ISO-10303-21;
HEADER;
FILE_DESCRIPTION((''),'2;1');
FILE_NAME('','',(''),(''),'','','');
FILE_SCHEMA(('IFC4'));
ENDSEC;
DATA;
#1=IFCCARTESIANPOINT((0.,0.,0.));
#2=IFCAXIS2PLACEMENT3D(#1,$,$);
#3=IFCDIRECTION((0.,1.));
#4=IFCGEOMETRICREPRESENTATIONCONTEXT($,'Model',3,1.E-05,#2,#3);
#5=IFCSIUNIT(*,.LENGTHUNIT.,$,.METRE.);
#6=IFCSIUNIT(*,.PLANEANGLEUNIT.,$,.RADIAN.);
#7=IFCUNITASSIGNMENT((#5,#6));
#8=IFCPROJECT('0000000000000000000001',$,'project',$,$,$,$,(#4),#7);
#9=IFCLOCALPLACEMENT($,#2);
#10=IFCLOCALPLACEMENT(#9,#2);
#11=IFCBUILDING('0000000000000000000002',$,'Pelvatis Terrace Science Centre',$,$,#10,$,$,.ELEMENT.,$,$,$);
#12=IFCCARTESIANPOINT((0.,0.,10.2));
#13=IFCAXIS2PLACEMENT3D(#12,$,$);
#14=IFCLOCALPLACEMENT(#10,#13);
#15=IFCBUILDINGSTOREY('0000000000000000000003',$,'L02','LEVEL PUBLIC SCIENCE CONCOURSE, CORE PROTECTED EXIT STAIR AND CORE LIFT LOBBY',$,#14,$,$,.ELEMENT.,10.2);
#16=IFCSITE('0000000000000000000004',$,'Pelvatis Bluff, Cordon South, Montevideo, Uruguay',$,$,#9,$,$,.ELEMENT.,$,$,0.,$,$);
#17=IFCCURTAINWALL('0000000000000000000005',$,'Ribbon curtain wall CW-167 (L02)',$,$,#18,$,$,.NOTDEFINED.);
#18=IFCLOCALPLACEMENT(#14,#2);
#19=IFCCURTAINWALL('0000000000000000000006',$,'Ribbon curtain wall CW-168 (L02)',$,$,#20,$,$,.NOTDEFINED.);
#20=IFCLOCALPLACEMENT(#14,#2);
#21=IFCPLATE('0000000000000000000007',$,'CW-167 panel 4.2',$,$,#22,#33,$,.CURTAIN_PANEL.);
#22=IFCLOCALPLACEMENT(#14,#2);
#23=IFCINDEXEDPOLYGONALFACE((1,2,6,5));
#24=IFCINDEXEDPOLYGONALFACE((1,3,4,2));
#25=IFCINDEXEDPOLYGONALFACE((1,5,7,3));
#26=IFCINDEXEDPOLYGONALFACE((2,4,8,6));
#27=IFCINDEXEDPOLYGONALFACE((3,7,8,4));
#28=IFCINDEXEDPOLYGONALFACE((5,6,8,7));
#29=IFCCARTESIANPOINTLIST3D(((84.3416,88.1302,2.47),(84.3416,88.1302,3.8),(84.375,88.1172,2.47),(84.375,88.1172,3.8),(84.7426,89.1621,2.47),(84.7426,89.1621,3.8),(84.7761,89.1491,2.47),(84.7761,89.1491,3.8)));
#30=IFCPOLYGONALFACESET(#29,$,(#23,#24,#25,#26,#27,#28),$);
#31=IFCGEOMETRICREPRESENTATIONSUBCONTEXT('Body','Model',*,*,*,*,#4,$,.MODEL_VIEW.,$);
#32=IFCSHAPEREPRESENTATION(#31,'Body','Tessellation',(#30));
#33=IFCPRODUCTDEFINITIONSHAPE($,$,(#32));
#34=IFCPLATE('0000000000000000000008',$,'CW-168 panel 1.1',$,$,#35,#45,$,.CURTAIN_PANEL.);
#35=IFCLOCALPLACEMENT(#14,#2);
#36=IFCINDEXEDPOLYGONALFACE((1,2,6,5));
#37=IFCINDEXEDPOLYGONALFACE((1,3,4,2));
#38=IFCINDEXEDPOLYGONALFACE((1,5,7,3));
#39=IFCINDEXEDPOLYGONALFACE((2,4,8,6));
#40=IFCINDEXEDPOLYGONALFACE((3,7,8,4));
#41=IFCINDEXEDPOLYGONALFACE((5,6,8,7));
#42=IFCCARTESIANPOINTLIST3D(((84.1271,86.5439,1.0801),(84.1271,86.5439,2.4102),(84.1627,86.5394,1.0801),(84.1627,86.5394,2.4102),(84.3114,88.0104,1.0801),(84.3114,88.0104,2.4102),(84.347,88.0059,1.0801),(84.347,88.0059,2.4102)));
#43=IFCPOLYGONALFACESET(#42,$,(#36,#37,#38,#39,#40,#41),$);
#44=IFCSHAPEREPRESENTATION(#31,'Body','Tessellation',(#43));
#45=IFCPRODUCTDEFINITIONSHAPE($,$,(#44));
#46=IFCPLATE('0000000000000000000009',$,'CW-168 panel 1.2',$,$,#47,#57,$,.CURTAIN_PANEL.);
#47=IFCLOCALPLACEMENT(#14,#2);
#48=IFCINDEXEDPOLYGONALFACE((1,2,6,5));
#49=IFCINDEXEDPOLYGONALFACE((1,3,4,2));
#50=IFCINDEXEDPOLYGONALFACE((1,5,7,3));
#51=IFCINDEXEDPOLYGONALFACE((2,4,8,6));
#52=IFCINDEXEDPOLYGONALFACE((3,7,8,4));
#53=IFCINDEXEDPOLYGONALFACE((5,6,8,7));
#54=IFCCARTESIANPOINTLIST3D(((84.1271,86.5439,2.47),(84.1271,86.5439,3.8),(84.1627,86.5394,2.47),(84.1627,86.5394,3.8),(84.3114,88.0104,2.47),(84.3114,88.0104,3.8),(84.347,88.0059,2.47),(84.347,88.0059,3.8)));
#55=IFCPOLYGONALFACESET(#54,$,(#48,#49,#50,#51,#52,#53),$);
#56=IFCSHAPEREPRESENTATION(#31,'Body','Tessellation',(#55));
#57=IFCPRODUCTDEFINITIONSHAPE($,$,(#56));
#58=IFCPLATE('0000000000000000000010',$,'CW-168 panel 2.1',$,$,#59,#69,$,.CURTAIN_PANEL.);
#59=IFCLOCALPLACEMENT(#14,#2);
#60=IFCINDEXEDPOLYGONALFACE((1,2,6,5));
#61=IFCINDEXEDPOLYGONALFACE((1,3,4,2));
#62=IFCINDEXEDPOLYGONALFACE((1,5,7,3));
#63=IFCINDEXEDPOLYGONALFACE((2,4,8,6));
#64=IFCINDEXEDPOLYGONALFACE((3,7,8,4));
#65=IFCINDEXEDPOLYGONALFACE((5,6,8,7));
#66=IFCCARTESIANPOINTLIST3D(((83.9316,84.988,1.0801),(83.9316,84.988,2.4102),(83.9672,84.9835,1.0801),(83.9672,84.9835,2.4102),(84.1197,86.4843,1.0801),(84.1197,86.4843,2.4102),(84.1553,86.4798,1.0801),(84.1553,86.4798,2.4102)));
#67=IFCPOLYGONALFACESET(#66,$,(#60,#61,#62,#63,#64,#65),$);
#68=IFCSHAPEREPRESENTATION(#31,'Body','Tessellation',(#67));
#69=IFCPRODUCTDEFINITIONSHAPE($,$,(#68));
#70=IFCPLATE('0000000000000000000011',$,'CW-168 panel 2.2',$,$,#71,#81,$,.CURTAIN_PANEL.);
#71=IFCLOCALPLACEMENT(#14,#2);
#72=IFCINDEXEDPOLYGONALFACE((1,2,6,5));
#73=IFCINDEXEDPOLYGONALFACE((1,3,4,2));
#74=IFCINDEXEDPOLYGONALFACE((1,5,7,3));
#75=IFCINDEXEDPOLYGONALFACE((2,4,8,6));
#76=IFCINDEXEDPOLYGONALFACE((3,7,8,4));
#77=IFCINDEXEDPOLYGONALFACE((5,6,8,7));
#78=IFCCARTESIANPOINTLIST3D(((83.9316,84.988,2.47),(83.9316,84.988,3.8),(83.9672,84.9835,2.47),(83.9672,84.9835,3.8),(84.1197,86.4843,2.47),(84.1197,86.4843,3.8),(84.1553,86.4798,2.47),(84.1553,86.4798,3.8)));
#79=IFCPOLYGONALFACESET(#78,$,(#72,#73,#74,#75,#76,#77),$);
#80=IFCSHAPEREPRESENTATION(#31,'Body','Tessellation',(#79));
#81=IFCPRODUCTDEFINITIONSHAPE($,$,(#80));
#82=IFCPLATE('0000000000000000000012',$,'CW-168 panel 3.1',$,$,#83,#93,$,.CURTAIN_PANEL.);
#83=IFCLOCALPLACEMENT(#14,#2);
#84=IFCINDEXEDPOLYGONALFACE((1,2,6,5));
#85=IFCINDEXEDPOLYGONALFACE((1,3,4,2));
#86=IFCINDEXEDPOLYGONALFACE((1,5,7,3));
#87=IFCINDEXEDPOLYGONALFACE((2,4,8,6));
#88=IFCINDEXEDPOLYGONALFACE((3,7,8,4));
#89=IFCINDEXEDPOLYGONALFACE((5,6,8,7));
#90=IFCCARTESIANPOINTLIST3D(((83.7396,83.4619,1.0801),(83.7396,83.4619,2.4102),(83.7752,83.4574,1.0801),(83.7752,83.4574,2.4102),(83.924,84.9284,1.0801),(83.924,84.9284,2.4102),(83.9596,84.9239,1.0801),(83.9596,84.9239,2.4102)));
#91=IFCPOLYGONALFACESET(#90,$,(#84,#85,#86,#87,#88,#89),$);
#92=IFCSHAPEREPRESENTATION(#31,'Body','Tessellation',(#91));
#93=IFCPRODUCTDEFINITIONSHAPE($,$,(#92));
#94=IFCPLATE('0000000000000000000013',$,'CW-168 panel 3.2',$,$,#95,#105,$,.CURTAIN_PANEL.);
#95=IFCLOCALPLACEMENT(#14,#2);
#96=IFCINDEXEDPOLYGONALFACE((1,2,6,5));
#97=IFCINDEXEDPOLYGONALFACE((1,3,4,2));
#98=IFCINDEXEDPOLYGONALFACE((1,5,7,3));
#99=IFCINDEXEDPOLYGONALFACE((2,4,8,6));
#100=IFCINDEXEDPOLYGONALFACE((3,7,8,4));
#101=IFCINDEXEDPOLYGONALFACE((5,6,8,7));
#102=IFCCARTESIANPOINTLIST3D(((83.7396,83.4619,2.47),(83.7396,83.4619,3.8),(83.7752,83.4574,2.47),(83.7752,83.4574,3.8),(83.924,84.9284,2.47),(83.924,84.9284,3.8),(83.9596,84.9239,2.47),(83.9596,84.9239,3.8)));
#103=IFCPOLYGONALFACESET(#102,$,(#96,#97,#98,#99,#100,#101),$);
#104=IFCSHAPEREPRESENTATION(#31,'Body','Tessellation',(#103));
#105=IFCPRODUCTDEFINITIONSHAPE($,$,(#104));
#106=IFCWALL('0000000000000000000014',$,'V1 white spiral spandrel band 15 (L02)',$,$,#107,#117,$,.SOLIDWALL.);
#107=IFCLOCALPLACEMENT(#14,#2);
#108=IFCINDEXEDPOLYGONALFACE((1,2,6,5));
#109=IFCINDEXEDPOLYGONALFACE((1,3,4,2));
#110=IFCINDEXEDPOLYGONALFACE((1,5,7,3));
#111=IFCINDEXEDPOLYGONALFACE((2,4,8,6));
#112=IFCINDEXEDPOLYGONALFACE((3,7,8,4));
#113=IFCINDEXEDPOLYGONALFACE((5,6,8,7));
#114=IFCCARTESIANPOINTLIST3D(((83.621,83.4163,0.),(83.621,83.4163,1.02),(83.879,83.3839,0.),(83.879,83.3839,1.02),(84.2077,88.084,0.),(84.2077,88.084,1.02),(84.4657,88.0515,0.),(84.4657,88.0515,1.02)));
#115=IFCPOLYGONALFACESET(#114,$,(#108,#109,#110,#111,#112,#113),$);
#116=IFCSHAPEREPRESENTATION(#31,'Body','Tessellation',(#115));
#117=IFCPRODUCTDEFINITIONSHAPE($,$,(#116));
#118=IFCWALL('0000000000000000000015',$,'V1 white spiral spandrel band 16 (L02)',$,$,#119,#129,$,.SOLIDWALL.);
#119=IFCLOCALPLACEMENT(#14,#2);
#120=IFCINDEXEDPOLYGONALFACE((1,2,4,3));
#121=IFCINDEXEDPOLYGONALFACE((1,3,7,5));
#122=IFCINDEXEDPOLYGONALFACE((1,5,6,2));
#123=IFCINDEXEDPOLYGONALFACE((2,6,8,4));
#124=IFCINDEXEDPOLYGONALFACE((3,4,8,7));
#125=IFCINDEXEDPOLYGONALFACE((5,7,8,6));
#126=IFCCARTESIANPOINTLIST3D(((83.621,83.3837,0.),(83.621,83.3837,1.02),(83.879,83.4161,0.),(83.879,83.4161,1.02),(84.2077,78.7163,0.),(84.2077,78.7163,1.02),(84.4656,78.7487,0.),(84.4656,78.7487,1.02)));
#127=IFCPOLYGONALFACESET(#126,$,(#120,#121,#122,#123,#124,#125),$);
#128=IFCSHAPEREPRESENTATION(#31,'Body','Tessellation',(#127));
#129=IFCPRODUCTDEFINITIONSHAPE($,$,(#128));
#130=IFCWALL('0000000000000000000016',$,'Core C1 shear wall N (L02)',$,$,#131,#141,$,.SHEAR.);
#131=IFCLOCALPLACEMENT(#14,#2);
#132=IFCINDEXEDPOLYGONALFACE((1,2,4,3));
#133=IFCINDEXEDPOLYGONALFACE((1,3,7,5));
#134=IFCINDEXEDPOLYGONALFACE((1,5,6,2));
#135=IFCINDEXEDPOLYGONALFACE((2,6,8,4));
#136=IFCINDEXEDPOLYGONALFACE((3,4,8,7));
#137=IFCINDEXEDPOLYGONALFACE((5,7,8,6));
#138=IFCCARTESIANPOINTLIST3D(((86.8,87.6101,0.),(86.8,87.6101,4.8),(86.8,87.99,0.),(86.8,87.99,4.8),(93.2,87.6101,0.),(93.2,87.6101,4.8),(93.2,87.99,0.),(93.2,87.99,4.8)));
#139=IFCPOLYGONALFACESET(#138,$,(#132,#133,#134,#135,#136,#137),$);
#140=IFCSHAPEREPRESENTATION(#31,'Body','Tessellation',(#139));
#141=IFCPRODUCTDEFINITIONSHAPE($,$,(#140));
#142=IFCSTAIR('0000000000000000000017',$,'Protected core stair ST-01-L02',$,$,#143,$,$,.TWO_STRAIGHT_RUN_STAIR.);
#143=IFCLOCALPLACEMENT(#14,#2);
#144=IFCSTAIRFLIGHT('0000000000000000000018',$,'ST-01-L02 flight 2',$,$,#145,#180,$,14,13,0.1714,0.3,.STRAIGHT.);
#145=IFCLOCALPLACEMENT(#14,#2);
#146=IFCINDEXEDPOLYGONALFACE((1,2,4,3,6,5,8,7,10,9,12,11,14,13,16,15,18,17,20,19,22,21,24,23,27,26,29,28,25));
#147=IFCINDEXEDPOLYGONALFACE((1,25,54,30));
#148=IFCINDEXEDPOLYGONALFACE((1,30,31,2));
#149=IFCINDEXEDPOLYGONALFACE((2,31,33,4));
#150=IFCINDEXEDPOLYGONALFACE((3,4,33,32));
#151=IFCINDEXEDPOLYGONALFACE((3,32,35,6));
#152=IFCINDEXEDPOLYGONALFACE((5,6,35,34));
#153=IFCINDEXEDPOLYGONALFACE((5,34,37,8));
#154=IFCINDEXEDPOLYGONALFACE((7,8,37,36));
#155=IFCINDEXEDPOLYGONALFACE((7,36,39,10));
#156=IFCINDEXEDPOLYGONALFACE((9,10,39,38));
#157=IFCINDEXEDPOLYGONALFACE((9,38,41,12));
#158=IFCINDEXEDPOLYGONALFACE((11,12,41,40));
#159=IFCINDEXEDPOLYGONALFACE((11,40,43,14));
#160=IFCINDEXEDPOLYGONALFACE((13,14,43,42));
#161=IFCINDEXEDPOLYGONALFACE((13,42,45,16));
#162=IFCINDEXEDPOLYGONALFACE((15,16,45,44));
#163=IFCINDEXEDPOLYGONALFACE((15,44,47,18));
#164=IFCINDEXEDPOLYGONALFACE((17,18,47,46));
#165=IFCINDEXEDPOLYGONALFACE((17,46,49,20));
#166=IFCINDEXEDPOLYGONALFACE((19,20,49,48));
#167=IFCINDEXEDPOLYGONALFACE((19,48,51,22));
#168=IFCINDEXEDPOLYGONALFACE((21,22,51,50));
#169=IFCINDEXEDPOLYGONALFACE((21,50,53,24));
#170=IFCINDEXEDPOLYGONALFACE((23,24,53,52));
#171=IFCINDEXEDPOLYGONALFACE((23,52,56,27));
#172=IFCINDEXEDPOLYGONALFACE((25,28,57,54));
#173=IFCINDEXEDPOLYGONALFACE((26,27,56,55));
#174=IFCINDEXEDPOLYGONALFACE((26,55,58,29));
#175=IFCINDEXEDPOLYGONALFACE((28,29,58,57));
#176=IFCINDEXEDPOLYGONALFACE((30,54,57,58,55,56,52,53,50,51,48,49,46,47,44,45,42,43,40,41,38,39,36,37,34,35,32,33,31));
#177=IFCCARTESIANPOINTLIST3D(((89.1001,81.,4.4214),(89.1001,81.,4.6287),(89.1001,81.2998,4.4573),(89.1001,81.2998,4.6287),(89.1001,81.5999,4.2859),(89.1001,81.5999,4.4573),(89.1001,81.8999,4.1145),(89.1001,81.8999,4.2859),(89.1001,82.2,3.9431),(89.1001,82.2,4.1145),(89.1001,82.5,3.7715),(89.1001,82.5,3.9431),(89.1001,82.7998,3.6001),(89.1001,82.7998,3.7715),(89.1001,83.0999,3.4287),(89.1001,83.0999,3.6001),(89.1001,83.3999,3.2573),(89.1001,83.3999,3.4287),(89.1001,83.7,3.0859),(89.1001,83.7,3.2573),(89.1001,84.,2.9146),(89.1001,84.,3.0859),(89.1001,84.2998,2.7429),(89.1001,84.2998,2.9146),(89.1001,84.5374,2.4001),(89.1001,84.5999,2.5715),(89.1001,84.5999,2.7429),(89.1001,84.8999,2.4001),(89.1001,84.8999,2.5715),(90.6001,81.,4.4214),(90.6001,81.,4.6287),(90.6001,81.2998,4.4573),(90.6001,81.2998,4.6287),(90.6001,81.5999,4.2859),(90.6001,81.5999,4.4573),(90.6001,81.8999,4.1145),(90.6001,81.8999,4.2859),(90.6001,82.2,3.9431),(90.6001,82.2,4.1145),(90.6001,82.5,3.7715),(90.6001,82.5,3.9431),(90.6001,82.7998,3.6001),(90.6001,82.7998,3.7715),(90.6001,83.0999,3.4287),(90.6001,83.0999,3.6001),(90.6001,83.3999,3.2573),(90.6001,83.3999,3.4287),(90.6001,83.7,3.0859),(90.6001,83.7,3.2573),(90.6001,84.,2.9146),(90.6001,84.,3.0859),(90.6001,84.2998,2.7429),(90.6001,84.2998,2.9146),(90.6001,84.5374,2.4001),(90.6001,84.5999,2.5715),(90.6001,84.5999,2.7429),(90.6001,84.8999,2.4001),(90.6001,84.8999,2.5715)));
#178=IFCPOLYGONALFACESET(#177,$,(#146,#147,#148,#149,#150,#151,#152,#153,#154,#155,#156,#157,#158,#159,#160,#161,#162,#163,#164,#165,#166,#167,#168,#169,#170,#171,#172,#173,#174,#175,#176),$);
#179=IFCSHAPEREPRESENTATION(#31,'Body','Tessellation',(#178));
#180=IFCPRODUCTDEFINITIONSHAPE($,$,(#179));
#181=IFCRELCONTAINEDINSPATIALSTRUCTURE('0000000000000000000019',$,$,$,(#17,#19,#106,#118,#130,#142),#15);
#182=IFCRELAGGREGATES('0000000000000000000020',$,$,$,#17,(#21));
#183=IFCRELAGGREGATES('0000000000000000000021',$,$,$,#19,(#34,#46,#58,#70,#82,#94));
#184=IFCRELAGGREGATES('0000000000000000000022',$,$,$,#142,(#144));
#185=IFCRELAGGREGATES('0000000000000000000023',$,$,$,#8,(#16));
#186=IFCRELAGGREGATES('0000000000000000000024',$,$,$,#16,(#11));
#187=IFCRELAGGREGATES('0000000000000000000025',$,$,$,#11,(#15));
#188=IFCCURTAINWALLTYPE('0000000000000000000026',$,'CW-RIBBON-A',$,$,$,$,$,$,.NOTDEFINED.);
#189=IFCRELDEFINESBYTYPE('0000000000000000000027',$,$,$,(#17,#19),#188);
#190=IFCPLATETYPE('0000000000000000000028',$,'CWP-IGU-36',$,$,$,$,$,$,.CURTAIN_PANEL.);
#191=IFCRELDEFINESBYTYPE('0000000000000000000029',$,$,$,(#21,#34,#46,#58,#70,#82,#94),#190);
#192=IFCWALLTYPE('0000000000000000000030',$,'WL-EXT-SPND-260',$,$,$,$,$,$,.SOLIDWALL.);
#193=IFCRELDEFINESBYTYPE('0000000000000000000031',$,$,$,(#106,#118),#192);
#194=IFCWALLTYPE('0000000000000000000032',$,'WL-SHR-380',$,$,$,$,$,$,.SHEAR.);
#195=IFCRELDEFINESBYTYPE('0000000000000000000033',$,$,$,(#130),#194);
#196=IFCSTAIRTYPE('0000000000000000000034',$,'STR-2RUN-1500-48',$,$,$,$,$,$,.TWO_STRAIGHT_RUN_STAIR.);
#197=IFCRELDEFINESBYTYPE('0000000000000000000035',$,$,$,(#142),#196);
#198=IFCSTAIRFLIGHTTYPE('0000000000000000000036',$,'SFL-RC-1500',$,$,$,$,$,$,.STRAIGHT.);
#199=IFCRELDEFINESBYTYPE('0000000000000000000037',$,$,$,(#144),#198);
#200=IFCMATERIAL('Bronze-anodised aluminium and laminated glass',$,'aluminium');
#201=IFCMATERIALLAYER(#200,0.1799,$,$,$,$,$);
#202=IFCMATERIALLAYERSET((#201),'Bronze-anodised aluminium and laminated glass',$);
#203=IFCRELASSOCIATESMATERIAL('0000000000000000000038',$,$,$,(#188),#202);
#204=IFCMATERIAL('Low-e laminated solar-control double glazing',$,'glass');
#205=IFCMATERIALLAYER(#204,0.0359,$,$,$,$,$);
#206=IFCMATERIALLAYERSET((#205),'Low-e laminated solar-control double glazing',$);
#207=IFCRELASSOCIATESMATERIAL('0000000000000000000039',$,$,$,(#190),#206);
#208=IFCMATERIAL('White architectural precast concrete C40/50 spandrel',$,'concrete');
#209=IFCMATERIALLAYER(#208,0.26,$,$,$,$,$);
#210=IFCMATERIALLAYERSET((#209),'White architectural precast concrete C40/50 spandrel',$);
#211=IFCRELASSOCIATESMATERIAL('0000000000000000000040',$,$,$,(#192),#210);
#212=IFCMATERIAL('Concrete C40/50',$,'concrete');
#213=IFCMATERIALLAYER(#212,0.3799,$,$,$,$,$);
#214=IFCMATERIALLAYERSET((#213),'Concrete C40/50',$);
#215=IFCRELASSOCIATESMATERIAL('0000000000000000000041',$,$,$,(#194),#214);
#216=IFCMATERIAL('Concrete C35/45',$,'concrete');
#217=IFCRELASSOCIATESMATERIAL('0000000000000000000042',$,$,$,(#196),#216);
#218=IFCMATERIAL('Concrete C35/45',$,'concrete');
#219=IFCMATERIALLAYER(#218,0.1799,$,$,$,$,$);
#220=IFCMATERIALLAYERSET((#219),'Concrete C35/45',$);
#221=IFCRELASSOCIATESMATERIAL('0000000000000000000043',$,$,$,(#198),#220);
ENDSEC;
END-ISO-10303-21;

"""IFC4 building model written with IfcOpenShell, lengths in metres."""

from ifc_helpers import new_model, si_unit, direction, frame, frame_2d, origin, origin_2d, place, context, subcontext, project, spatial, polyline, rectangle, outline, extrude, material, layer, layer_set, type_object, element, aggregate, save


model = new_model("IFC4")

# Units and contexts
model_context = context("Model", 3, precision=1e-05, world=origin(), true_north=direction((0.0, 1.0)))
body_context = subcontext(model_context, "Body", "Model", "MODEL_VIEW")
ifc_project = project(units=[si_unit("LENGTHUNIT", "METRE"), si_unit("PLANEANGLEUNIT", "RADIAN")], contexts=[model_context])

# Site, building, storey
site_placement = place(None, origin())
site = spatial("IfcSite", under=ifc_project, at=site_placement, Name="Pelvatis Bluff, Cordon South, Montevideo, Uruguay", CompositionType="ELEMENT", RefElevation=0.0)
building_placement = place(site_placement, origin())
building = spatial("IfcBuilding", under=site, at=building_placement, Name="Pelvatis Terrace Science Centre", CompositionType="ELEMENT")
storey_placement = place(building_placement, frame((0.0, 0.0, 10.2)))
storey = spatial("IfcBuildingStorey", under=building, at=storey_placement, Name="L02", Description="LEVEL PUBLIC SCIENCE CONCOURSE, CORE PROTECTED EXIT STAIR AND CORE LIFT LOBBY", CompositionType="ELEMENT", Elevation=10.2)

# Curtain walls
ifc_material_1 = material(Name="Bronze-anodised aluminium and laminated glass", Category="aluminium")
ifc_layer_1 = layer(ifc_material_1, 0.1799)
ifc_layer_set_1 = layer_set([ifc_layer_1], Name="Bronze-anodised aluminium and laminated glass")
curtain_wall_type = type_object("IfcCurtainWallType", Name="CW-RIBBON-A", PredefinedType="NOTDEFINED", material=ifc_layer_set_1)
curtain_wall_1_placement = place(storey_placement, origin())
curtain_wall_1 = element("IfcCurtainWall", 1, at=curtain_wall_1_placement, inside=storey, type_object=curtain_wall_type, Name="Ribbon curtain wall CW-167 (L02)", PredefinedType="NOTDEFINED")
curtain_wall_2_placement = place(storey_placement, origin())
curtain_wall_2 = element("IfcCurtainWall", 2, at=curtain_wall_2_placement, inside=storey, type_object=curtain_wall_type, Name="Ribbon curtain wall CW-168 (L02)", PredefinedType="NOTDEFINED")

# Plates
ifc_material_2 = material(Name="Low-e laminated solar-control double glazing", Category="glass")
ifc_layer_2 = layer(ifc_material_2, 0.0359)
ifc_layer_set_2 = layer_set([ifc_layer_2], Name="Low-e laminated solar-control double glazing")
plate_type = type_object("IfcPlateType", Name="CWP-IGU-36", PredefinedType="CURTAIN_PANEL", material=ifc_layer_set_2)
plate_1_placement = place(storey_placement, frame((84.5588, 88.6396, 2.47), z_axis=(0.0, 0.0, 1.0), x_axis=(-0.362221, -0.932092, 0.0)))
plate_1 = element("IfcPlate", 3, at=plate_1_placement, type_object=plate_type, Name="CW-167 panel 4.2", PredefinedType="CURTAIN_PANEL", context=body_context, shape_type="SweptSolid", body=[
    extrude(rectangle(XDim=1.1072, YDim=0.0359, at=origin_2d()), origin(), (0.0, 0.0, 1.0), 1.3301),
])
aggregate(curtain_wall_1, [plate_1])
plate_2_placement = place(storey_placement, frame((84.2371, 87.2749, 1.0801), z_axis=(0.0, 0.0, 1.0), x_axis=(-0.124715, -0.992193, 0.0)))
plate_2 = element("IfcPlate", 4, at=plate_2_placement, type_object=plate_type, Name="CW-168 panel 1.1", PredefinedType="CURTAIN_PANEL", context=body_context, shape_type="SweptSolid", body=[
    extrude(rectangle(XDim=1.478, YDim=0.0359, at=origin_2d()), origin(), (0.0, 0.0, 1.0), 1.3301),
])
plate_3_placement = place(storey_placement, frame((84.2371, 87.2749, 2.47), z_axis=(0.0, 0.0, 1.0), x_axis=(-0.124715, -0.992193, 0.0)))
plate_3 = element("IfcPlate", 5, at=plate_3_placement, type_object=plate_type, Name="CW-168 panel 1.2", PredefinedType="CURTAIN_PANEL", context=body_context, shape_type="SweptSolid", body=[
    extrude(rectangle(XDim=1.478, YDim=0.0359, at=origin_2d()), origin(), (0.0, 0.0, 1.0), 1.3301),
])
plate_4_placement = place(storey_placement, frame((84.0435, 85.7339, 1.0801), z_axis=(0.0, 0.0, 1.0), x_axis=(-0.124715, -0.992193, 0.0)))
plate_4 = element("IfcPlate", 6, at=plate_4_placement, type_object=plate_type, Name="CW-168 panel 2.1", PredefinedType="CURTAIN_PANEL", context=body_context, shape_type="SweptSolid", body=[
    extrude(rectangle(XDim=1.5081, YDim=0.0359, at=origin_2d()), origin(), (0.0, 0.0, 1.0), 1.3301),
])
plate_5_placement = place(storey_placement, frame((84.0435, 85.7339, 2.47), z_axis=(0.0, 0.0, 1.0), x_axis=(-0.124715, -0.992193, 0.0)))
plate_5 = element("IfcPlate", 7, at=plate_5_placement, type_object=plate_type, Name="CW-168 panel 2.2", PredefinedType="CURTAIN_PANEL", context=body_context, shape_type="SweptSolid", body=[
    extrude(rectangle(XDim=1.5081, YDim=0.0359, at=origin_2d()), origin(), (0.0, 0.0, 1.0), 1.3301),
])
plate_6_placement = place(storey_placement, frame((83.8496, 84.1929, 1.0801), z_axis=(0.0, 0.0, 1.0), x_axis=(-0.124715, -0.992193, 0.0)))
plate_6 = element("IfcPlate", 8, at=plate_6_placement, type_object=plate_type, Name="CW-168 panel 3.1", PredefinedType="CURTAIN_PANEL", context=body_context, shape_type="SweptSolid", body=[
    extrude(rectangle(XDim=1.478, YDim=0.0359, at=origin_2d()), origin(), (0.0, 0.0, 1.0), 1.3301),
])
plate_7_placement = place(storey_placement, frame((83.8496, 84.1929, 2.47), z_axis=(0.0, 0.0, 1.0), x_axis=(-0.124715, -0.992193, 0.0)))
plate_7 = element("IfcPlate", 9, at=plate_7_placement, type_object=plate_type, Name="CW-168 panel 3.2", PredefinedType="CURTAIN_PANEL", context=body_context, shape_type="SweptSolid", body=[
    extrude(rectangle(XDim=1.478, YDim=0.0359, at=origin_2d()), origin(), (0.0, 0.0, 1.0), 1.3301),
])
aggregate(curtain_wall_2, [plate_2, plate_3, plate_4, plate_5, plate_6, plate_7])

# Walls
ifc_material_3 = material(Name="White architectural precast concrete C40/50 spandrel", Category="concrete")
ifc_layer_3 = layer(ifc_material_3, 0.26)
ifc_layer_set_3 = layer_set([ifc_layer_3], Name="White architectural precast concrete C40/50 spandrel")
wall_type_1 = type_object("IfcWallType", Name="WL-EXT-SPND-260", PredefinedType="SOLIDWALL", material=ifc_layer_set_3)
wall_1_placement = place(storey_placement, frame((84.3367, 88.0676, 0.0), z_axis=(0.0, 0.0, 1.0), x_axis=(-0.124705, -0.992194, 0.0)))
element("IfcWall", 10, at=wall_1_placement, inside=storey, type_object=wall_type_1, Name="V1 white spiral spandrel band 15 (L02)", PredefinedType="SOLIDWALL", context=body_context, shape_type="SweptSolid", body=[
    extrude(rectangle(XDim=4.7043, YDim=0.26, at=frame_2d((2.3521, 0.0))), origin(), (0.0, 0.0, 1.0), 1.02),
])
wall_2_placement = place(storey_placement, frame((83.75, 83.3999, 0.0), z_axis=(0.0, 0.0, 1.0), x_axis=(0.124712, -0.992193, 0.0)))
element("IfcWall", 11, at=wall_2_placement, inside=storey, type_object=wall_type_1, Name="V1 white spiral spandrel band 16 (L02)", PredefinedType="SOLIDWALL", context=body_context, shape_type="SweptSolid", body=[
    extrude(rectangle(XDim=4.7041, YDim=0.26, at=frame_2d((2.3521, 0.0))), origin(), (0.0, 0.0, 1.0), 1.02),
])
ifc_material_4 = material(Name="Concrete C40/50", Category="concrete")
ifc_layer_4 = layer(ifc_material_4, 0.3799)
ifc_layer_set_4 = layer_set([ifc_layer_4], Name="Concrete C40/50")
wall_type_2 = type_object("IfcWallType", Name="WL-SHR-380", PredefinedType="SHEAR", material=ifc_layer_set_4)
wall_3_placement = place(storey_placement, frame((86.8, 87.8, 0.0), z_axis=(0.0, 0.0, 1.0), x_axis=(1.0, 0.0, 0.0)))
element("IfcWall", 12, at=wall_3_placement, inside=storey, type_object=wall_type_2, Name="Core C1 shear wall N (L02)", PredefinedType="SHEAR", context=body_context, shape_type="SweptSolid", body=[
    extrude(rectangle(XDim=6.3999, YDim=0.3799, at=frame_2d((3.2, 0.0))), origin(), (0.0, 0.0, 1.0), 4.8),
])

# Stair, stair flight
ifc_material_5 = material(Name="Concrete C35/45", Category="concrete")
stair_type = type_object("IfcStairType", Name="STR-2RUN-1500-48", PredefinedType="TWO_STRAIGHT_RUN_STAIR", material=ifc_material_5)
stair_placement = place(storey_placement, origin())
stair = element("IfcStair", 13, at=stair_placement, inside=storey, type_object=stair_type, Name="Protected core stair ST-01-L02", PredefinedType="TWO_STRAIGHT_RUN_STAIR")
ifc_material_6 = material(Name="Concrete C35/45", Category="concrete")
ifc_layer_5 = layer(ifc_material_6, 0.1799)
ifc_layer_set_5 = layer_set([ifc_layer_5], Name="Concrete C35/45")
stair_flight_type = type_object("IfcStairFlightType", Name="SFL-RC-1500", PredefinedType="STRAIGHT", material=ifc_layer_set_5)
stair_flight_placement = place(storey_placement, frame((89.8501, 84.8999, 2.4001), z_axis=(0.0, 0.0, 1.0), x_axis=(0.0, -1.0, 0.0)))
stair_flight = element("IfcStairFlight", 14, at=stair_flight_placement, type_object=stair_flight_type, Name="ST-01-L02 flight 2", NumberOfRisers=14, NumberOfTreads=13, PredefinedType="STRAIGHT", RiserHeight=0.1714, TreadLength=0.3, context=body_context, shape_type="SweptSolid", body=[
    extrude(outline(polyline([(0.0, 0.0), (0.0, 0.1714), (0.3, 0.1714), (0.3, 0.3428), (0.6001, 0.3428), (0.6001, 0.5144), (0.8999, 0.5144), (0.8999, 0.6858), (1.2, 0.6858), (1.2, 0.8572), (1.5, 0.8572), (1.5, 1.0286), (1.8, 1.0286), (1.8, 1.2), (2.1001, 1.2), (2.1001, 1.3713), (2.3999, 1.3713), (2.3999, 1.543), (2.7, 1.543), (2.7, 1.7144), (3.0, 1.7144), (3.0, 1.8857), (3.3, 1.8857), (3.3, 2.0571), (3.6001, 2.0571), (3.6001, 2.2285), (3.8999, 2.2285), (3.8999, 2.3999), (3.8999, 2.0212), (0.3625, 0.0), (0.0, 0.0)])), frame((0.0, 0.75, 0.0), z_axis=(0.0, -1.0, 0.0), x_axis=(1.0, 0.0, 0.0)), (0.0, 0.0, 1.0), 1.5),
])
aggregate(stair, [stair_flight])

save(model, "model.ifc")
